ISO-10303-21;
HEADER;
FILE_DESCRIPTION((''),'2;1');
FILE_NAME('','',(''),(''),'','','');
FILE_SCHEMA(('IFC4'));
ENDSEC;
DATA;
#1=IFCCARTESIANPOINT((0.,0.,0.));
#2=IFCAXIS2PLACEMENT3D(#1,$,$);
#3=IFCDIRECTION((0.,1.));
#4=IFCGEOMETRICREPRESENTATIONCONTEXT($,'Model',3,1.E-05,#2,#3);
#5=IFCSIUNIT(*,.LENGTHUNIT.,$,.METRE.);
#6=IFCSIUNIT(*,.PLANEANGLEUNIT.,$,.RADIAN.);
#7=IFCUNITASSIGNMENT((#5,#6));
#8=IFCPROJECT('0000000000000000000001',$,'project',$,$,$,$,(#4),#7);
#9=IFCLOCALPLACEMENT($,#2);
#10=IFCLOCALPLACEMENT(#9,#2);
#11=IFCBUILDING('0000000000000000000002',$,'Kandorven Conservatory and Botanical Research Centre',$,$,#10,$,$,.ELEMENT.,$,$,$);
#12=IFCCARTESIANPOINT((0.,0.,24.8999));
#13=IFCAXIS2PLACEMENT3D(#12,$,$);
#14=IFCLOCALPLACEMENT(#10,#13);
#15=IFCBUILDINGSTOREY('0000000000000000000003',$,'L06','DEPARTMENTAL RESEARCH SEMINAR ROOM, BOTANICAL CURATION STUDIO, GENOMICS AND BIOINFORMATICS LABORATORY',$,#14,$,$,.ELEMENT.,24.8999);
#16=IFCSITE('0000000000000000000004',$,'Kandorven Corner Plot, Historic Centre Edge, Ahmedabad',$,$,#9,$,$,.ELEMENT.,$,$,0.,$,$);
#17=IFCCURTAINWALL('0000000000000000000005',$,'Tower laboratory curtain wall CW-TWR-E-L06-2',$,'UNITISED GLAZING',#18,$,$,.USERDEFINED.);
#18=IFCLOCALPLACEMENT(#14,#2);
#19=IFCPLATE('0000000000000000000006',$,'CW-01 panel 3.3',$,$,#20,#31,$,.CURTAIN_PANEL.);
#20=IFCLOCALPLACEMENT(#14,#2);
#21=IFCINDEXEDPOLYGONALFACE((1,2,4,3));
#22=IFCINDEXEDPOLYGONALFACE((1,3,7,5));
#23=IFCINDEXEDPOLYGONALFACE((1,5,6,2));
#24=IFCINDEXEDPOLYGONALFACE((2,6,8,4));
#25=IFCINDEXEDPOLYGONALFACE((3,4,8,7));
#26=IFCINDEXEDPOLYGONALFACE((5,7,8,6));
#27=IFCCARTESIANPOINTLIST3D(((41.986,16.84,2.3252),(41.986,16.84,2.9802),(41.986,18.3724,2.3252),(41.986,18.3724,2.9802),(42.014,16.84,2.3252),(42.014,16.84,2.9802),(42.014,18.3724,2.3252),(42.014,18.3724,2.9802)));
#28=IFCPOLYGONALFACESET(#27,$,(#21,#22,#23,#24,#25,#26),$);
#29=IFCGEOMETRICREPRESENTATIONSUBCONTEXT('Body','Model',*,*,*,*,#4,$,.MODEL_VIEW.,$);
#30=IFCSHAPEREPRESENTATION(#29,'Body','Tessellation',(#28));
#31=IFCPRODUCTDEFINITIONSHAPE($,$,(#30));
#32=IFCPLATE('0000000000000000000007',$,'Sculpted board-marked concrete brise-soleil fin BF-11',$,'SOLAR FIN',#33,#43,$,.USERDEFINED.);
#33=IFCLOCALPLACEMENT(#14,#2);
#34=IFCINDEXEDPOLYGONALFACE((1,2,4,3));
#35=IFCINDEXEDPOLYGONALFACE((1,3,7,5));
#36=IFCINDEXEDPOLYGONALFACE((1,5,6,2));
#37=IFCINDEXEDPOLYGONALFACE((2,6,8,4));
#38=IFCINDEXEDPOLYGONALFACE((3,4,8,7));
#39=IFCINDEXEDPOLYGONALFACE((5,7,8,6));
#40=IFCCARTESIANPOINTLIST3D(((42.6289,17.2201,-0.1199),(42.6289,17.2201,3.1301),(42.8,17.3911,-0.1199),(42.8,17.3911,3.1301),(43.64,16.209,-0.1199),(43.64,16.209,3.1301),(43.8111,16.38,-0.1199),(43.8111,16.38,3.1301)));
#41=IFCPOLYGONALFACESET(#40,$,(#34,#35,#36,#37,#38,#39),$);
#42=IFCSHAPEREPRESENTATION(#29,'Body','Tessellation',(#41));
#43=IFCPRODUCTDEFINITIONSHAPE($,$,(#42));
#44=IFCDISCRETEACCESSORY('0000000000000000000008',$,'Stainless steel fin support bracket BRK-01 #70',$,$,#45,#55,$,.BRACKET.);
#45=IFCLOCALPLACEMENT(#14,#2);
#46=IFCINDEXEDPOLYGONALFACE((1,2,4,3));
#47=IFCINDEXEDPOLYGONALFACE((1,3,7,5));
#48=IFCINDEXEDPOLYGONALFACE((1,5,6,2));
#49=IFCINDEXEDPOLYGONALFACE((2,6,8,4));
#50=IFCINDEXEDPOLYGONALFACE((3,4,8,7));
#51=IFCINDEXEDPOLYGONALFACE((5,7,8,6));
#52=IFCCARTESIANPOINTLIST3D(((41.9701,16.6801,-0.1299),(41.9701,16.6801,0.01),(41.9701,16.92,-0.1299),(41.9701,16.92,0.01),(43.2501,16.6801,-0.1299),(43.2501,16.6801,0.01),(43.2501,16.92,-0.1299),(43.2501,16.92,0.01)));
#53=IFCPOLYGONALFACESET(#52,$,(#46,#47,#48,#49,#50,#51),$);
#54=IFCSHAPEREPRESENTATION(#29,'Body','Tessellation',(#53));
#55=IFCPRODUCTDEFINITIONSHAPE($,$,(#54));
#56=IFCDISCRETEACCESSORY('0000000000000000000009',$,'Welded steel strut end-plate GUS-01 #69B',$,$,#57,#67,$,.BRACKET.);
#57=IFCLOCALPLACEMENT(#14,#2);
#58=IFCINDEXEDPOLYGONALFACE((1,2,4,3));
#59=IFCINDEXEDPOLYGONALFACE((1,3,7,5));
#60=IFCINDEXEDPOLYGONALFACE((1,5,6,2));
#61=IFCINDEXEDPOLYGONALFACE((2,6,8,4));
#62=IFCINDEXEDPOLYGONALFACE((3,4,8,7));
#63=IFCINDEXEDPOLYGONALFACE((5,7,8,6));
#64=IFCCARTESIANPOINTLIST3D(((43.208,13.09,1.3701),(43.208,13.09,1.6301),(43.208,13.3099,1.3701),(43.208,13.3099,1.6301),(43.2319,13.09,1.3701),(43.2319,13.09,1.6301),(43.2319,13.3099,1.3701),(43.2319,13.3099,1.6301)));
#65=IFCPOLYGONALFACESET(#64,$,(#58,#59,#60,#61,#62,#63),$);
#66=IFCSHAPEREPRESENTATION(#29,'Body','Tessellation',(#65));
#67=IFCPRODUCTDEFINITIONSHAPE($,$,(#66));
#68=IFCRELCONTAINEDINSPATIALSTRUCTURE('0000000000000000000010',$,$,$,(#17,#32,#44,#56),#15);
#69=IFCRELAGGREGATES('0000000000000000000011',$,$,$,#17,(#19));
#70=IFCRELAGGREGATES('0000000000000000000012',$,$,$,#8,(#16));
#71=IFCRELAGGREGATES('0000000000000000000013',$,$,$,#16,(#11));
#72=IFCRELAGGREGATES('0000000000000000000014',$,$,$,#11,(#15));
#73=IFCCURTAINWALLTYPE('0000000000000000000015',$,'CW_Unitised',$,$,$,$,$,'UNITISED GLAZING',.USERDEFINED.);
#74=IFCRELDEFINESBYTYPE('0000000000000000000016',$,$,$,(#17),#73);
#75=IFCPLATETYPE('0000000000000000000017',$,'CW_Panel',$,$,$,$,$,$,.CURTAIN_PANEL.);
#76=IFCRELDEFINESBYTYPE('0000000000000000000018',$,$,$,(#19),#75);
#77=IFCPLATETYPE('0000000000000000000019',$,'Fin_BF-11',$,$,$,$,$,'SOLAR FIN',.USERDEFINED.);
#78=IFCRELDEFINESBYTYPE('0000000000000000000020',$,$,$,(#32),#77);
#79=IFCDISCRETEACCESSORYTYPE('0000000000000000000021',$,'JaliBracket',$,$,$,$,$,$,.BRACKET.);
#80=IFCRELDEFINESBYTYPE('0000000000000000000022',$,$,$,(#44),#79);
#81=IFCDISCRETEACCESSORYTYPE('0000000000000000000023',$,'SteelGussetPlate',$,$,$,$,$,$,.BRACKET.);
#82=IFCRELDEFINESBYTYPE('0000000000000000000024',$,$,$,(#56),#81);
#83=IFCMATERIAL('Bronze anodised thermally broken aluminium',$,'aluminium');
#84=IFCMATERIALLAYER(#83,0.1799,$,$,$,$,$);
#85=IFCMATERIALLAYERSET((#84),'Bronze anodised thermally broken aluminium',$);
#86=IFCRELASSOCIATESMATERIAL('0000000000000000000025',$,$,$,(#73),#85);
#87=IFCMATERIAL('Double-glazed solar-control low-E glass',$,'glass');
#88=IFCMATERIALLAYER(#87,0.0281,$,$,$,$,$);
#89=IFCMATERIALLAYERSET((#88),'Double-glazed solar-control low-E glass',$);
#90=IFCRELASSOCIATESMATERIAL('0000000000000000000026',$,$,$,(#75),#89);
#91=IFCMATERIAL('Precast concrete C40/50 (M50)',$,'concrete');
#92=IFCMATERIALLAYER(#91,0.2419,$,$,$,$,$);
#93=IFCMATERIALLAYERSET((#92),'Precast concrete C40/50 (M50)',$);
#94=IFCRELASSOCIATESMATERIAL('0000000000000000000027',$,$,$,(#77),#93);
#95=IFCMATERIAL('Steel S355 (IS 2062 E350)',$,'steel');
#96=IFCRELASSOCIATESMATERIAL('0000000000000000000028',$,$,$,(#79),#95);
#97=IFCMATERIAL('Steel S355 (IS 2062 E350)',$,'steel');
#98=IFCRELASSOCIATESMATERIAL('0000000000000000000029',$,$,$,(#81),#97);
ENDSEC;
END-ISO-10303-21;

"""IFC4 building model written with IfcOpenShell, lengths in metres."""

from ifc_helpers import new_model, si_unit, direction, frame, origin, origin_2d, place, context, subcontext, project, spatial, rectangle, extrude, material, layer, layer_set, type_object, element, aggregate, save


model = new_model("IFC4")

# Units and contexts
model_context = context("Model", 3, precision=1e-05, world=origin(), true_north=direction((0.0, 1.0)))
body_context = subcontext(model_context, "Body", "Model", "MODEL_VIEW")
ifc_project = project(units=[si_unit("LENGTHUNIT", "METRE"), si_unit("PLANEANGLEUNIT", "RADIAN")], contexts=[model_context])

# Site, building, storey
site_placement = place(None, origin())
site = spatial("IfcSite", under=ifc_project, at=site_placement, Name="Kandorven Corner Plot, Historic Centre Edge, Ahmedabad", CompositionType="ELEMENT", RefElevation=0.0)
building_placement = place(site_placement, origin())
building = spatial("IfcBuilding", under=site, at=building_placement, Name="Kandorven Conservatory and Botanical Research Centre", CompositionType="ELEMENT")
storey_placement = place(building_placement, frame((0.0, 0.0, 24.8999)))
storey = spatial("IfcBuildingStorey", under=building, at=storey_placement, Name="L06", Description="DEPARTMENTAL RESEARCH SEMINAR ROOM, BOTANICAL CURATION STUDIO, GENOMICS AND BIOINFORMATICS LABORATORY", CompositionType="ELEMENT", Elevation=24.8999)

# Curtain wall, plate
ifc_material_1 = material(Name="Bronze anodised thermally broken aluminium", Category="aluminium")
ifc_layer_1 = layer(ifc_material_1, 0.1799)
ifc_layer_set_1 = layer_set([ifc_layer_1], Name="Bronze anodised thermally broken aluminium")
curtain_wall_type = type_object("IfcCurtainWallType", Name="CW_Unitised", ElementType="UNITISED GLAZING", PredefinedType="USERDEFINED", material=ifc_layer_set_1)
curtain_wall_placement = place(storey_placement, origin())
curtain_wall = element("IfcCurtainWall", 1, at=curtain_wall_placement, inside=storey, type_object=curtain_wall_type, Name="Tower laboratory curtain wall CW-TWR-E-L06-2", ObjectType="UNITISED GLAZING", PredefinedType="USERDEFINED")
ifc_material_2 = material(Name="Double-glazed solar-control low-E glass", Category="glass")
ifc_layer_2 = layer(ifc_material_2, 0.0281)
ifc_layer_set_2 = layer_set([ifc_layer_2], Name="Double-glazed solar-control low-E glass")
plate_type_1 = type_object("IfcPlateType", Name="CW_Panel", PredefinedType="CURTAIN_PANEL", material=ifc_layer_set_2)
plate_1_placement = place(storey_placement, frame((42.0, 17.6062, 2.3252), z_axis=(0.0, 0.0, 1.0), x_axis=(0.0, 1.0, 0.0)))
plate_1 = element("IfcPlate", 2, at=plate_1_placement, type_object=plate_type_1, Name="CW-01 panel 3.3", PredefinedType="CURTAIN_PANEL", context=body_context, shape_type="SweptSolid", body=[
    extrude(rectangle(XDim=1.5325, YDim=0.0281, at=origin_2d()), origin(), (0.0, 0.0, 1.0), 0.655),
])
aggregate(curtain_wall, [plate_1])

# Plate
ifc_material_3 = material(Name="Precast concrete C40/50 (M50)", Category="concrete")
ifc_layer_3 = layer(ifc_material_3, 0.2419)
ifc_layer_set_3 = layer_set([ifc_layer_3], Name="Precast concrete C40/50 (M50)")
plate_type_2 = type_object("IfcPlateType", Name="Fin_BF-11", ElementType="SOLAR FIN", PredefinedType="USERDEFINED", material=ifc_layer_set_3)
plate_2_placement = place(storey_placement, frame((43.22, 16.8, -0.1199), z_axis=(0.0, 0.0, 1.0), x_axis=(-0.707107, 0.707107, 0.0)))
element("IfcPlate", 3, at=plate_2_placement, inside=storey, type_object=plate_type_2, Name="Sculpted board-marked concrete brise-soleil fin BF-11", ObjectType="SOLAR FIN", PredefinedType="USERDEFINED", context=body_context, shape_type="SweptSolid", body=[
    extrude(rectangle(XDim=1.4299, YDim=0.2419, at=origin_2d()), origin(), (0.0, 0.0, 1.0), 3.25),
])

# Discrete accessories
ifc_material_4 = material(Name="Steel S355 (IS 2062 E350)", Category="steel")
discrete_accessory_type_1 = type_object("IfcDiscreteAccessoryType", Name="JaliBracket", PredefinedType="BRACKET", material=ifc_material_4)
discrete_accessory_1_placement = place(storey_placement, frame((42.6101, 16.8, -0.1299), z_axis=(0.0, 0.0, 1.0), x_axis=(1.0, 0.0, 0.0)))
element("IfcDiscreteAccessory", 4, at=discrete_accessory_1_placement, inside=storey, type_object=discrete_accessory_type_1, Name="Stainless steel fin support bracket BRK-01 #70", PredefinedType="BRACKET", context=body_context, shape_type="SweptSolid", body=[
    extrude(rectangle(XDim=1.28, YDim=0.24, at=origin_2d()), origin(), (0.0, 0.0, 1.0), 0.1399),
])
ifc_material_5 = material(Name="Steel S355 (IS 2062 E350)", Category="steel")
discrete_accessory_type_2 = type_object("IfcDiscreteAccessoryType", Name="SteelGussetPlate", PredefinedType="BRACKET", material=ifc_material_5)
discrete_accessory_2_placement = place(storey_placement, frame((43.22, 13.2, 1.3701), z_axis=(0.0, 0.0, 1.0), x_axis=(1.0, 0.0, 0.0)))
element("IfcDiscreteAccessory", 5, at=discrete_accessory_2_placement, inside=storey, type_object=discrete_accessory_type_2, Name="Welded steel strut end-plate GUS-01 #69B", PredefinedType="BRACKET", context=body_context, shape_type="SweptSolid", body=[
    extrude(rectangle(XDim=0.0239, YDim=0.22, at=origin_2d()), origin(), (0.0, 0.0, 1.0), 0.26),
])

save(model, "model.ifc")
